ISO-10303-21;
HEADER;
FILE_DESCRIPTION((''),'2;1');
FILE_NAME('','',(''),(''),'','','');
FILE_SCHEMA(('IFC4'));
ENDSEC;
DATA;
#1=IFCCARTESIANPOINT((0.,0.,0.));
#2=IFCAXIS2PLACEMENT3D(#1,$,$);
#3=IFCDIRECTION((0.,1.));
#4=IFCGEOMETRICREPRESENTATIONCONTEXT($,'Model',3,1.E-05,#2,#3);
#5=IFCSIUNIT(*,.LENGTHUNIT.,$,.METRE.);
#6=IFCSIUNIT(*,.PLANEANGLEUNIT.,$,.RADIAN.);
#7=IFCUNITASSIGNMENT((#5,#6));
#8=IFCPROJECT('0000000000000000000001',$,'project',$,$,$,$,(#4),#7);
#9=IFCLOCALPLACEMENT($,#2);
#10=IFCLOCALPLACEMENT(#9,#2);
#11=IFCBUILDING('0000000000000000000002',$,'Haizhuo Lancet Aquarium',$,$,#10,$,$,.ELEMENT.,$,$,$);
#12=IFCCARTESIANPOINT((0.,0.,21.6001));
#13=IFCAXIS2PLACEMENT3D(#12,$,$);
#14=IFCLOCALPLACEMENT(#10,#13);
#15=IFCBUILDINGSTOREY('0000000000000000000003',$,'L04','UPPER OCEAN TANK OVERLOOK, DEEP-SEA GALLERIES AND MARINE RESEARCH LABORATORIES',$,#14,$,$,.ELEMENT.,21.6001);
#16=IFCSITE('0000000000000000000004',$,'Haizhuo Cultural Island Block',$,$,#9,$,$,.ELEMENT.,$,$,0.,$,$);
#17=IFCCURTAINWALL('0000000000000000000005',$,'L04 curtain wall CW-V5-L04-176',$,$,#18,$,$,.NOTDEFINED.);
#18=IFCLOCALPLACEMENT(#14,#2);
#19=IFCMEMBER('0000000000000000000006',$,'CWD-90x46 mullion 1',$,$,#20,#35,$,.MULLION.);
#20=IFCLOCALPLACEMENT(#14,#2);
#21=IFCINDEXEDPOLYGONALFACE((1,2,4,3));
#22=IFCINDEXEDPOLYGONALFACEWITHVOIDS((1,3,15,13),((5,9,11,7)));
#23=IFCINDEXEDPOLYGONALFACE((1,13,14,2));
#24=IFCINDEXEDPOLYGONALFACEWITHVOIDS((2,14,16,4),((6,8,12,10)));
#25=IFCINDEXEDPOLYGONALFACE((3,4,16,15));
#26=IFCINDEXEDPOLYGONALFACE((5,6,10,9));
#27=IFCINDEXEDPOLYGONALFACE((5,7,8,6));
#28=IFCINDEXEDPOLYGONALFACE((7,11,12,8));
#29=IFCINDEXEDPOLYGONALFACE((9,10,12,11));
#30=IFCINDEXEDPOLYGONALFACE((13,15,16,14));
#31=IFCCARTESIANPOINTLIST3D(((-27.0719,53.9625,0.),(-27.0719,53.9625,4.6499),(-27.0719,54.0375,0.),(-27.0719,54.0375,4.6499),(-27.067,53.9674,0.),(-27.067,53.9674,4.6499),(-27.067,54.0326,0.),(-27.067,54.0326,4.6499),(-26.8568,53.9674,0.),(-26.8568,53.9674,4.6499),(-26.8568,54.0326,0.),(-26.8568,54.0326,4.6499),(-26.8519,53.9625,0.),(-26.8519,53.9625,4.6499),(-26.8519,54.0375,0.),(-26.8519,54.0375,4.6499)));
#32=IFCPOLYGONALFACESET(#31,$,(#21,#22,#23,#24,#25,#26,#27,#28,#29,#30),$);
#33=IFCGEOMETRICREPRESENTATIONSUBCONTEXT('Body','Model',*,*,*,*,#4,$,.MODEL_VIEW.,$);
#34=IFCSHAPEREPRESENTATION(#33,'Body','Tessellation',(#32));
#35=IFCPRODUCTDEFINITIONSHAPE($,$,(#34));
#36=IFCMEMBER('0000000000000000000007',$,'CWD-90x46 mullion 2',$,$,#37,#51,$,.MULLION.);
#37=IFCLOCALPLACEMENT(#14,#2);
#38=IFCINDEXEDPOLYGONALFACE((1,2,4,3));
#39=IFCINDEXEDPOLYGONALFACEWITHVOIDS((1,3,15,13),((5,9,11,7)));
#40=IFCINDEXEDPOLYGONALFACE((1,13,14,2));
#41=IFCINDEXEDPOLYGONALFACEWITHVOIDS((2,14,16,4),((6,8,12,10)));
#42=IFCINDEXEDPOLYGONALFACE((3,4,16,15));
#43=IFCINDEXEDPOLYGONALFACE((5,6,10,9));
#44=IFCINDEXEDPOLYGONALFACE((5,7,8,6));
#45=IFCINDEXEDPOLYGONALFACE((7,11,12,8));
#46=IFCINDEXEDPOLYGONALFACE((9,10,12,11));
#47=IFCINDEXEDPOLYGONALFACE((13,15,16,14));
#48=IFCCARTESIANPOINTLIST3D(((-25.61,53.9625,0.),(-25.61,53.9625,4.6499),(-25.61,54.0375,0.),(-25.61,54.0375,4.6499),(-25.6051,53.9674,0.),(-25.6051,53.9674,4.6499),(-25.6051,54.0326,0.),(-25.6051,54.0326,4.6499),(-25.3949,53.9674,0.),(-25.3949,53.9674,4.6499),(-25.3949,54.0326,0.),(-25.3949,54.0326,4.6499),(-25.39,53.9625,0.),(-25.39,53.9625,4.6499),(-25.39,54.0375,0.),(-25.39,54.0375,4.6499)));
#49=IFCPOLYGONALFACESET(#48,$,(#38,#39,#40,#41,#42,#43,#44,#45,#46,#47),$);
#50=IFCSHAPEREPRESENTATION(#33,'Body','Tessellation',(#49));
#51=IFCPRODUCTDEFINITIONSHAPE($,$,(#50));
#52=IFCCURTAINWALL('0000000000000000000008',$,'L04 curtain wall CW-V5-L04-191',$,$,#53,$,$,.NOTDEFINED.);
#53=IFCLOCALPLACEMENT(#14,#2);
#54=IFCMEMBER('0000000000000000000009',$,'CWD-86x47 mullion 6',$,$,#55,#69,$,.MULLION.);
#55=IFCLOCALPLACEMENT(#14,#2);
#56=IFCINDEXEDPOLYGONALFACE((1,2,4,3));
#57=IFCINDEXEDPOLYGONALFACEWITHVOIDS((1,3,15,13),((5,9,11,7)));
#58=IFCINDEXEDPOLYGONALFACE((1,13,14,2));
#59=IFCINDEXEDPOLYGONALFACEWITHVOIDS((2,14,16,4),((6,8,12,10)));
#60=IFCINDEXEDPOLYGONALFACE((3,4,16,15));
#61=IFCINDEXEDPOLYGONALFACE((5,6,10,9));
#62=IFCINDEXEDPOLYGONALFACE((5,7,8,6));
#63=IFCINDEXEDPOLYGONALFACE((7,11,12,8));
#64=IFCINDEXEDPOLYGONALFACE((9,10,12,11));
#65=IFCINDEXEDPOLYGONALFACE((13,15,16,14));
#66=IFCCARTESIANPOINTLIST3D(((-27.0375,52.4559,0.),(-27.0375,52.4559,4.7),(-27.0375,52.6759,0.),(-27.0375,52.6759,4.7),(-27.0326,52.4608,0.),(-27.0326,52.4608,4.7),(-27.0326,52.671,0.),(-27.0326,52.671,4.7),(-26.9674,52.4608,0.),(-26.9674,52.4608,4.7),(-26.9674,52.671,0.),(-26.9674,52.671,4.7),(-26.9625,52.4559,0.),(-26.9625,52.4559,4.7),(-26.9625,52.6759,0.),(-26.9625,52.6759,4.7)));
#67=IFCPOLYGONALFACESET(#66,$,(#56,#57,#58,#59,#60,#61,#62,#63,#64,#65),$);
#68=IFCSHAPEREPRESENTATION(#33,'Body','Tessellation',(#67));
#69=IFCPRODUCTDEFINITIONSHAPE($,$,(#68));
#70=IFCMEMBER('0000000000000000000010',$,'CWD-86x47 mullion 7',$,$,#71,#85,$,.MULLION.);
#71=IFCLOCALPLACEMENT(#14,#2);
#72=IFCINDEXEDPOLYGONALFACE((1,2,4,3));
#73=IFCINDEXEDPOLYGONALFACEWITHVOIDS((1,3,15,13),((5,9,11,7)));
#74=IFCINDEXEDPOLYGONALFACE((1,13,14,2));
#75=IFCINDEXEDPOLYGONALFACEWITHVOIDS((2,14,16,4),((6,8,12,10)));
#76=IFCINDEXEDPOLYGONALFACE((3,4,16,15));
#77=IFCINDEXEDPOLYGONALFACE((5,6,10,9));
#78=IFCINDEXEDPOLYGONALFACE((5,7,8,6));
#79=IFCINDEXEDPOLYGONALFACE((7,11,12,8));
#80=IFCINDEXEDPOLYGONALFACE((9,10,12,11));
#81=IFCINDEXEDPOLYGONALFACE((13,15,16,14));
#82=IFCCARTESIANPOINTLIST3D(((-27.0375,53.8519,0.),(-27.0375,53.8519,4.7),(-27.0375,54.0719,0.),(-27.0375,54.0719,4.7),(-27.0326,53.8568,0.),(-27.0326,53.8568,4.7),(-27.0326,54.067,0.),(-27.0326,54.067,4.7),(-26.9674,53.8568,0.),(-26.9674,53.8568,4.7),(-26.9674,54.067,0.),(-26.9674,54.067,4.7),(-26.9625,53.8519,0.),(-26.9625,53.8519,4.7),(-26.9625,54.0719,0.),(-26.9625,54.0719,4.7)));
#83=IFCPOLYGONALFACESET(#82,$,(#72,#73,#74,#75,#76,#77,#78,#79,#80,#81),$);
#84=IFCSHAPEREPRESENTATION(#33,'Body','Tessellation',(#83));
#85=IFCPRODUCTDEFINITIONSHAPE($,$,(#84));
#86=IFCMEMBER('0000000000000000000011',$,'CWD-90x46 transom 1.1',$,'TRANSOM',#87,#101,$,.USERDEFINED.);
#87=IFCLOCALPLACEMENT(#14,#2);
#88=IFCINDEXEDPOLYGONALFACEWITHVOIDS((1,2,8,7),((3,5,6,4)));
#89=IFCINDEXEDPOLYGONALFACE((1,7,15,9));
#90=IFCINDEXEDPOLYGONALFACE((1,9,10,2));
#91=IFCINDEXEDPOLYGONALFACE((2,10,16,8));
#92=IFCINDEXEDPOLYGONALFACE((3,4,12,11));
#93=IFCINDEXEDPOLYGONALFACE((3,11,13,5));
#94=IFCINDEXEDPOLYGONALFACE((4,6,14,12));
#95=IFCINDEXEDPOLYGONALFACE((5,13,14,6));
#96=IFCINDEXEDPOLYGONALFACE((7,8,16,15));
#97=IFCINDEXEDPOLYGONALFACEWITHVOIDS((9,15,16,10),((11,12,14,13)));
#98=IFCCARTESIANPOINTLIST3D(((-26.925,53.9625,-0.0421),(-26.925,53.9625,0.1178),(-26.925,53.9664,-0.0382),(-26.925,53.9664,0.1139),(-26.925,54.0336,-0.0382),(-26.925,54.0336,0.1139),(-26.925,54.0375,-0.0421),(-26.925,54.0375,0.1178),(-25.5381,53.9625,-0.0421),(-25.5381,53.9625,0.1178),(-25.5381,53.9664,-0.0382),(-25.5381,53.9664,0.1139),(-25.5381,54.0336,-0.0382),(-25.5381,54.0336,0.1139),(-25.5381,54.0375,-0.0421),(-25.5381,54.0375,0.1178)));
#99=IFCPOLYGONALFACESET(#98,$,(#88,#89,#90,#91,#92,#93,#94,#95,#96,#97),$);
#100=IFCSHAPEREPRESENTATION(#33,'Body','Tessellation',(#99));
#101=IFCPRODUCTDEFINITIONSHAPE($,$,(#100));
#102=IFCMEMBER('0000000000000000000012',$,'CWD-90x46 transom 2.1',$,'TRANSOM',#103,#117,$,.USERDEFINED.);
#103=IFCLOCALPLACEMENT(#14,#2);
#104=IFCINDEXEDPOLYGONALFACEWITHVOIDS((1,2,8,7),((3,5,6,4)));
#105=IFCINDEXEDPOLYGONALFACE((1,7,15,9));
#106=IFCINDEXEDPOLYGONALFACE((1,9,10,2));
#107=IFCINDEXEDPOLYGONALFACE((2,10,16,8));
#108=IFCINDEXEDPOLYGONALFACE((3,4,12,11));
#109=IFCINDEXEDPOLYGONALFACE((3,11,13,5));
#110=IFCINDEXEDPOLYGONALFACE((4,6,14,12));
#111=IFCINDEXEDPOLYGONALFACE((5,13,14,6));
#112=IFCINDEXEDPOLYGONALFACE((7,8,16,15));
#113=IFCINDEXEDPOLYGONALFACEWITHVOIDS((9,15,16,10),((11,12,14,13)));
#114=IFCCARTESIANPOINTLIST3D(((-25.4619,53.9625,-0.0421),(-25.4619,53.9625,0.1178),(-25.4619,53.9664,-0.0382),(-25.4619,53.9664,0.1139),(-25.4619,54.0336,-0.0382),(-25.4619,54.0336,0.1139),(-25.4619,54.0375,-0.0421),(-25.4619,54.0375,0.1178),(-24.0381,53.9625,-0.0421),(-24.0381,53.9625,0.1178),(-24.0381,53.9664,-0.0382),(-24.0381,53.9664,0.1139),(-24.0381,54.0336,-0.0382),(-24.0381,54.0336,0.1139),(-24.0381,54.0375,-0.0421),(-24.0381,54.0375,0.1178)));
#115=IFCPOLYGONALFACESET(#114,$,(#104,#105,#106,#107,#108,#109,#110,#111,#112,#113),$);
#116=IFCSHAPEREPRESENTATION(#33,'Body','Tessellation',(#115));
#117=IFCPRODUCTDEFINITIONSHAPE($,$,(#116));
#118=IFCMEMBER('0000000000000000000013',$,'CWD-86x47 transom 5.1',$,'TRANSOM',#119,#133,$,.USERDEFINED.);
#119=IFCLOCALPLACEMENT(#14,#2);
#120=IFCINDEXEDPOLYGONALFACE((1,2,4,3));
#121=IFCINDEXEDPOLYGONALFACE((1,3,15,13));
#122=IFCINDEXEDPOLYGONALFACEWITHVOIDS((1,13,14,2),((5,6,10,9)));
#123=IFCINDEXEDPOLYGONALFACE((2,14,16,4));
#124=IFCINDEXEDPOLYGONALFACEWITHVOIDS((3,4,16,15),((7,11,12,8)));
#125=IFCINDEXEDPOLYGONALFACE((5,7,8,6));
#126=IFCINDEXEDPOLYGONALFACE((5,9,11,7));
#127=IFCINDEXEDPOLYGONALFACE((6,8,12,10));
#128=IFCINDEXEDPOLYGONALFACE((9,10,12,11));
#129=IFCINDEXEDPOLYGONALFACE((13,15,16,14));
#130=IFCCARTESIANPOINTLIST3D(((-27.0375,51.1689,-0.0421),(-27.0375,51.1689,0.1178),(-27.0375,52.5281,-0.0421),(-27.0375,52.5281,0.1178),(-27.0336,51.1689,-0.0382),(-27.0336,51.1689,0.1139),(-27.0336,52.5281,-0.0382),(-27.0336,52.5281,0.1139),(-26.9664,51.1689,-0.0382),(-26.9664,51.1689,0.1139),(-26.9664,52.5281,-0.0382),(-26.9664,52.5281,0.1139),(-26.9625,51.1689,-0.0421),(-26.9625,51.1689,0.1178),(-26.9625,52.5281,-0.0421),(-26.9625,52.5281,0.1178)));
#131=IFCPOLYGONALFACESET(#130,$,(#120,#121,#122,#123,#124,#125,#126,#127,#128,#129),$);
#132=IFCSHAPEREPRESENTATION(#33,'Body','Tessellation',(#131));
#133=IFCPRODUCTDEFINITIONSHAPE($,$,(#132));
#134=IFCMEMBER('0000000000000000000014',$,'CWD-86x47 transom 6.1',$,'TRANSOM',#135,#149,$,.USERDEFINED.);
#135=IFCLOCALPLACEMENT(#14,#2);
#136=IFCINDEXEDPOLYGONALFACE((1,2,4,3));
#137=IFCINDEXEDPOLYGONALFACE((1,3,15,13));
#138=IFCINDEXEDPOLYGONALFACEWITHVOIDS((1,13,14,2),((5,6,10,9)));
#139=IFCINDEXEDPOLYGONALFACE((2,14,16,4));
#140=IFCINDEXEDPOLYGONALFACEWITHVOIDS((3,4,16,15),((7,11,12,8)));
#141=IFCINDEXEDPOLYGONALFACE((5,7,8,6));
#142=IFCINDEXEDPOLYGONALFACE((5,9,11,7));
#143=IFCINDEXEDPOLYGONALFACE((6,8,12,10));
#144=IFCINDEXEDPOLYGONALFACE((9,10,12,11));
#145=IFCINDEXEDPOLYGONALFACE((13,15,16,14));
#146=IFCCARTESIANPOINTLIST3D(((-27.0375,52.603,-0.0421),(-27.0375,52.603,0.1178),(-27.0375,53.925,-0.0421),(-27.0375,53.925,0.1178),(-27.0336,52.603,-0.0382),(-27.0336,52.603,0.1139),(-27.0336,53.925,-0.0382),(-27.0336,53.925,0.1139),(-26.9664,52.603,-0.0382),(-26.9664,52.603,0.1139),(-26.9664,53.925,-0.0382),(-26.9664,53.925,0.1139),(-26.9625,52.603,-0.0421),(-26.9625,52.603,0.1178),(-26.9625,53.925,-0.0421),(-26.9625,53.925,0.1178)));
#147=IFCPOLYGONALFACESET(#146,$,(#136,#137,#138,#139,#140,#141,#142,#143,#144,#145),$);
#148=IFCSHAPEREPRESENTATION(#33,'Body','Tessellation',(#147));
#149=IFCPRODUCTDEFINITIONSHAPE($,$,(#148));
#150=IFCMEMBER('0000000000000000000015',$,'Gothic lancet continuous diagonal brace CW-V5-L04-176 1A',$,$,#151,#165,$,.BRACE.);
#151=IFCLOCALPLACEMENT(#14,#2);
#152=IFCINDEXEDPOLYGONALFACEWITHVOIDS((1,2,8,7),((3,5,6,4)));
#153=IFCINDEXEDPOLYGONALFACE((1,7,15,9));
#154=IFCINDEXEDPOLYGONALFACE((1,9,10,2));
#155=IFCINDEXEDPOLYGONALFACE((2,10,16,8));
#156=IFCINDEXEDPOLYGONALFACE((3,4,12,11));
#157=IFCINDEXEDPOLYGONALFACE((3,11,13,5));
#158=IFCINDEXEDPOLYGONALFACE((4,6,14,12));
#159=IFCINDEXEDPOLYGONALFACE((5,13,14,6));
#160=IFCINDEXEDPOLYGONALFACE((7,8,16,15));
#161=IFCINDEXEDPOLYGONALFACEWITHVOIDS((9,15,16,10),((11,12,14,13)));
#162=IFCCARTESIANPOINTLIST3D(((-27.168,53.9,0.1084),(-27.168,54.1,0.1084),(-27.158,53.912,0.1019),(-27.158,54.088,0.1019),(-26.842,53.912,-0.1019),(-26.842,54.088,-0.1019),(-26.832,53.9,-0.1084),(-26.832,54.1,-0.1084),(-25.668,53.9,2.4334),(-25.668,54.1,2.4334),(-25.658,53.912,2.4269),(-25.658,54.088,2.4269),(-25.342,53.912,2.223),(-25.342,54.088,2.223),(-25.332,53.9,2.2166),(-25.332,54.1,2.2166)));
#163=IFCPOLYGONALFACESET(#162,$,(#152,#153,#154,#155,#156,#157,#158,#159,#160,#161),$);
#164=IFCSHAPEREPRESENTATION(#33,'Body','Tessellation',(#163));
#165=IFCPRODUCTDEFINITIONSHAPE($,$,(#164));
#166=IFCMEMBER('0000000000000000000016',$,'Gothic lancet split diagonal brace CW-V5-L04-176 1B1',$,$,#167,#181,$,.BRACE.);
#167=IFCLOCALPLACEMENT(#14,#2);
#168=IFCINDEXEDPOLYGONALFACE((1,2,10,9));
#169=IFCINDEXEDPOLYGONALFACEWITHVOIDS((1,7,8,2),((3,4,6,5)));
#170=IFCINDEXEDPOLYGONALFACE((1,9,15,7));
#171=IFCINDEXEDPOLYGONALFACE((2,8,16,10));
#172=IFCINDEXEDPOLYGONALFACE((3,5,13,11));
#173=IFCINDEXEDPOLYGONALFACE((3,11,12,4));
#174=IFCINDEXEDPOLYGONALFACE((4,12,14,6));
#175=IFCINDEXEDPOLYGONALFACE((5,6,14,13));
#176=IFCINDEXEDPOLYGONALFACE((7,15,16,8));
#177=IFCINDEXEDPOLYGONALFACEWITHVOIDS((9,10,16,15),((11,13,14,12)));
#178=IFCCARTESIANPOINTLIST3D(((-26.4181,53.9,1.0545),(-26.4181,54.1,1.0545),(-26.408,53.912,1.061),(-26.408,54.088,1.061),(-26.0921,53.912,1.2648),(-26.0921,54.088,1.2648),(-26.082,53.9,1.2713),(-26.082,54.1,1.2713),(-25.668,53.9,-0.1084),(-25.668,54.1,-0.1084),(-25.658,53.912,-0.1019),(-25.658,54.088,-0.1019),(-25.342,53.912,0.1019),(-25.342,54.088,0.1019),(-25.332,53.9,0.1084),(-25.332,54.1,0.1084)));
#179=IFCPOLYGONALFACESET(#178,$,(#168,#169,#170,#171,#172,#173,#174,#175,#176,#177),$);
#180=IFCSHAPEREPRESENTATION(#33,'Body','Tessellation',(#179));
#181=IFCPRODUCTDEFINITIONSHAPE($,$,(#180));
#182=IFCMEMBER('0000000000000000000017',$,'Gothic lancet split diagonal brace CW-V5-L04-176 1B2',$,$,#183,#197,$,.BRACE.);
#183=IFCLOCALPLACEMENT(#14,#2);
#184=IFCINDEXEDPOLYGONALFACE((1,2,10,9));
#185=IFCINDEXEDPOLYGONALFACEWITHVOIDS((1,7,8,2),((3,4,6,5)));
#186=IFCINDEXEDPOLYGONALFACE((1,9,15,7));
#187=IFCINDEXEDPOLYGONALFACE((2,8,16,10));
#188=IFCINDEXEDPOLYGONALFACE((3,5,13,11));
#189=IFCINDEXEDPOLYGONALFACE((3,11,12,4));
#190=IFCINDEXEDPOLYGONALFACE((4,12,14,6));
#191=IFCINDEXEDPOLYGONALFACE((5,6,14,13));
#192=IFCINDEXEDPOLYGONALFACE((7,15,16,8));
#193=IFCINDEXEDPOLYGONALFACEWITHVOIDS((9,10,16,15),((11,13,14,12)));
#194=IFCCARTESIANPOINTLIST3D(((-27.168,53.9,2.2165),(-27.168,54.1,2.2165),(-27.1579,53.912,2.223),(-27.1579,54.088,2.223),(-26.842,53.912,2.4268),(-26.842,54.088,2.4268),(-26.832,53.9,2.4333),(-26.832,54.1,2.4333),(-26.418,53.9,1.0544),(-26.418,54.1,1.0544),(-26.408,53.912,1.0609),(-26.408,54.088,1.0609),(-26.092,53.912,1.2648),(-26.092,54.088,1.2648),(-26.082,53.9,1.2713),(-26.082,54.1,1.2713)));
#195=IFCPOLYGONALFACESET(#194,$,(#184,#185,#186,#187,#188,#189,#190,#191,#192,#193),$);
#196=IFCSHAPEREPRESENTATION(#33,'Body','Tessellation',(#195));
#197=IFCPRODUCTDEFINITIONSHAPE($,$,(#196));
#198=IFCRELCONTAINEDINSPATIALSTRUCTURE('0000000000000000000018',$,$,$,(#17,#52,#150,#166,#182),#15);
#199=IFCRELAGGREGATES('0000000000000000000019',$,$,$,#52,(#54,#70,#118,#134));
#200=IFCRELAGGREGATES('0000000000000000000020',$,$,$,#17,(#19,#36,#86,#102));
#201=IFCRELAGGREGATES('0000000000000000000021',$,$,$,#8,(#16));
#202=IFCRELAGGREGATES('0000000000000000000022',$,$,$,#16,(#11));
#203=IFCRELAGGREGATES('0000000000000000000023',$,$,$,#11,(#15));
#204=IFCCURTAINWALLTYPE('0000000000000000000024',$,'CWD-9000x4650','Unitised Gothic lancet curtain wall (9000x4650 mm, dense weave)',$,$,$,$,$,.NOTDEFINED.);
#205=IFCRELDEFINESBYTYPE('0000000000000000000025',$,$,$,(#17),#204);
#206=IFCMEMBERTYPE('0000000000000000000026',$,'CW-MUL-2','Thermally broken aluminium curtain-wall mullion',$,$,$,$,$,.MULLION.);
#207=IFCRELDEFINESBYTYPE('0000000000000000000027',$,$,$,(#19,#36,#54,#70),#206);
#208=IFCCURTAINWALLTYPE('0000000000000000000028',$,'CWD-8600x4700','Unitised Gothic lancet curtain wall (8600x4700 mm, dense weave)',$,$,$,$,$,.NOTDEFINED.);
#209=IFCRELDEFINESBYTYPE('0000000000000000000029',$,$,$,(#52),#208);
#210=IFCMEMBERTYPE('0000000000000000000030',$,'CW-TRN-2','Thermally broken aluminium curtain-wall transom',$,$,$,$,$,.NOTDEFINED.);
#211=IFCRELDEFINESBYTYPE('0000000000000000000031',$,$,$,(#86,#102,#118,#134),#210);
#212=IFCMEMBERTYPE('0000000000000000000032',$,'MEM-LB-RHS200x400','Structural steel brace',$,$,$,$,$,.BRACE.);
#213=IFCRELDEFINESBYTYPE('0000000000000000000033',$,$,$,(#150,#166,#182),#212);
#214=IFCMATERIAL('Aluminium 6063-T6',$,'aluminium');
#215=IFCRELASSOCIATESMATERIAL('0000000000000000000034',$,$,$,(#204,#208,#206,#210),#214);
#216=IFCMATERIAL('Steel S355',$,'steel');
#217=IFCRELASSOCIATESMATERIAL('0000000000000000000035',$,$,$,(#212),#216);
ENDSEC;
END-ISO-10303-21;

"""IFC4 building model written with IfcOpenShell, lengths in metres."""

from ifc_helpers import new_model, si_unit, direction, frame, origin, origin_2d, place, context, subcontext, project, spatial, hollow_rectangle, extrude, material, material_profile, profile_set, type_object, element, aggregate, save


model = new_model("IFC4")

# Units and contexts
model_context = context("Model", 3, precision=1e-05, world=origin(), true_north=direction((0.0, 1.0)))
body_context = subcontext(model_context, "Body", "Model", "MODEL_VIEW")
ifc_project = project(units=[si_unit("LENGTHUNIT", "METRE"), si_unit("PLANEANGLEUNIT", "RADIAN")], contexts=[model_context])

# Site, building, storey
site_placement = place(None, origin())
site = spatial("IfcSite", under=ifc_project, at=site_placement, Name="Haizhuo Cultural Island Block", CompositionType="ELEMENT", RefElevation=0.0)
building_placement = place(site_placement, origin())
building = spatial("IfcBuilding", under=site, at=building_placement, Name="Haizhuo Lancet Aquarium", CompositionType="ELEMENT")
storey_placement = place(building_placement, frame((0.0, 0.0, 21.6001)))
storey = spatial("IfcBuildingStorey", under=building, at=storey_placement, Name="L04", Description="UPPER OCEAN TANK OVERLOOK, DEEP-SEA GALLERIES AND MARINE RESEARCH LABORATORIES", CompositionType="ELEMENT", Elevation=21.6001)

# Curtain walls, members
ifc_material_1 = material(Name="Aluminium 6063-T6", Category="aluminium")
curtain_wall_type_1 = type_object("IfcCurtainWallType", Name="CWD-9000x4650", Description="Unitised Gothic lancet curtain wall (9000x4650 mm, dense weave)", PredefinedType="NOTDEFINED", material=ifc_material_1)
curtain_wall_1_placement = place(storey_placement, origin())
curtain_wall_1 = element("IfcCurtainWall", 1, at=curtain_wall_1_placement, inside=storey, type_object=curtain_wall_type_1, Name="L04 curtain wall CW-V5-L04-176", PredefinedType="NOTDEFINED")
ifc_material_profile_1 = material_profile(ifc_material_1, hollow_rectangle(XDim=0.075, YDim=0.22, WallThickness=0.0049, at=origin_2d()), Name="ALU-M 75x220x5")
ifc_profile_set_1 = profile_set([ifc_material_profile_1], Name="Aluminium 6063-T6")
member_type_1 = type_object("IfcMemberType", Name="CW-MUL-2", Description="Thermally broken aluminium curtain-wall mullion", PredefinedType="MULLION", material=ifc_profile_set_1)
member_1_placement = place(storey_placement, frame((-26.9619, 54.0, 0.0), z_axis=(0.0, 0.0, 1.0), x_axis=(0.0, 1.0, 0.0)))
member_1 = element("IfcMember", 2, at=member_1_placement, type_object=member_type_1, Name="CWD-90x46 mullion 1", PredefinedType="MULLION", context=body_context, shape_type="SweptSolid", body=[
    extrude(hollow_rectangle(XDim=0.075, YDim=0.22, WallThickness=0.0049, at=origin_2d()), origin(), (0.0, 0.0, 1.0), 4.6499),
])
member_2_placement = place(storey_placement, frame((-25.5, 54.0, 0.0), z_axis=(0.0, 0.0, 1.0), x_axis=(0.0, 1.0, 0.0)))
member_2 = element("IfcMember", 3, at=member_2_placement, type_object=member_type_1, Name="CWD-90x46 mullion 2", PredefinedType="MULLION", context=body_context, shape_type="SweptSolid", body=[
    extrude(hollow_rectangle(XDim=0.075, YDim=0.22, WallThickness=0.0049, at=origin_2d()), origin(), (0.0, 0.0, 1.0), 4.6499),
])
curtain_wall_type_2 = type_object("IfcCurtainWallType", Name="CWD-8600x4700", Description="Unitised Gothic lancet curtain wall (8600x4700 mm, dense weave)", PredefinedType="NOTDEFINED", material=ifc_material_1)
curtain_wall_2_placement = place(storey_placement, origin())
curtain_wall_2 = element("IfcCurtainWall", 4, at=curtain_wall_2_placement, inside=storey, type_object=curtain_wall_type_2, Name="L04 curtain wall CW-V5-L04-191", PredefinedType="NOTDEFINED")
member_3_placement = place(storey_placement, frame((-27.0, 52.5659, 0.0), z_axis=(0.0, 0.0, 1.0), x_axis=(-1.0, 0.0, 0.0)))
member_3 = element("IfcMember", 5, at=member_3_placement, type_object=member_type_1, Name="CWD-86x47 mullion 6", PredefinedType="MULLION", context=body_context, shape_type="SweptSolid", body=[
    extrude(hollow_rectangle(XDim=0.075, YDim=0.22, WallThickness=0.0049, at=origin_2d()), origin(), (0.0, 0.0, 1.0), 4.7),
])
member_4_placement = place(storey_placement, frame((-27.0, 53.9619, 0.0), z_axis=(0.0, 0.0, 1.0), x_axis=(-1.0, 0.0, 0.0)))
member_4 = element("IfcMember", 6, at=member_4_placement, type_object=member_type_1, Name="CWD-86x47 mullion 7", PredefinedType="MULLION", context=body_context, shape_type="SweptSolid", body=[
    extrude(hollow_rectangle(XDim=0.075, YDim=0.22, WallThickness=0.0049, at=origin_2d()), origin(), (0.0, 0.0, 1.0), 4.7),
])

# Members
ifc_material_profile_2 = material_profile(ifc_material_1, hollow_rectangle(XDim=0.075, YDim=0.1599, WallThickness=0.0039, at=origin_2d()), Name="ALU-T 75x160x4")
ifc_profile_set_2 = profile_set([ifc_material_profile_2], Name="Aluminium 6063-T6")
member_type_2 = type_object("IfcMemberType", Name="CW-TRN-2", Description="Thermally broken aluminium curtain-wall transom", PredefinedType="NOTDEFINED", material=ifc_profile_set_2)
member_5_placement = place(storey_placement, frame((-26.925, 54.0, 0.0378), z_axis=(1.0, 0.0, 0.0), x_axis=(0.0, 1.0, 0.0)))
member_5 = element("IfcMember", 7, at=member_5_placement, type_object=member_type_2, Name="CWD-90x46 transom 1.1", ObjectType="TRANSOM", PredefinedType="USERDEFINED", context=body_context, shape_type="SweptSolid", body=[
    extrude(hollow_rectangle(XDim=0.075, YDim=0.1599, WallThickness=0.0039, at=origin_2d()), origin(), (0.0, 0.0, 1.0), 1.387),
])
member_6_placement = place(storey_placement, frame((-25.4619, 54.0, 0.0378), z_axis=(1.0, 0.0, 0.0), x_axis=(0.0, 1.0, 0.0)))
member_6 = element("IfcMember", 8, at=member_6_placement, type_object=member_type_2, Name="CWD-90x46 transom 2.1", ObjectType="TRANSOM", PredefinedType="USERDEFINED", context=body_context, shape_type="SweptSolid", body=[
    extrude(hollow_rectangle(XDim=0.075, YDim=0.1599, WallThickness=0.0039, at=origin_2d()), origin(), (0.0, 0.0, 1.0), 1.4238),
])
member_7_placement = place(storey_placement, frame((-27.0, 51.1689, 0.0378), z_axis=(0.0, 1.0, 0.0), x_axis=(-1.0, 0.0, 0.0)))
member_7 = element("IfcMember", 9, at=member_7_placement, type_object=member_type_2, Name="CWD-86x47 transom 5.1", ObjectType="TRANSOM", PredefinedType="USERDEFINED", context=body_context, shape_type="SweptSolid", body=[
    extrude(hollow_rectangle(XDim=0.075, YDim=0.1599, WallThickness=0.0039, at=origin_2d()), origin(), (0.0, 0.0, 1.0), 1.3591),
])
member_8_placement = place(storey_placement, frame((-27.0, 52.603, 0.0378), z_axis=(0.0, 1.0, 0.0), x_axis=(-1.0, 0.0, 0.0)))
member_8 = element("IfcMember", 10, at=member_8_placement, type_object=member_type_2, Name="CWD-86x47 transom 6.1", ObjectType="TRANSOM", PredefinedType="USERDEFINED", context=body_context, shape_type="SweptSolid", body=[
    extrude(hollow_rectangle(XDim=0.075, YDim=0.1599, WallThickness=0.0039, at=origin_2d()), origin(), (0.0, 0.0, 1.0), 1.322),
])

# Members
ifc_material_2 = material(Name="Steel S355", Category="steel")
ifc_material_profile_3 = material_profile(ifc_material_2, hollow_rectangle(XDim=0.2, YDim=0.3999, WallThickness=0.012, at=origin_2d()), Name="RHS 200x400x12")
ifc_profile_set_3 = profile_set([ifc_material_profile_3], Name="Steel S355")
member_type_3 = type_object("IfcMemberType", Name="MEM-LB-RHS200x400", Description="Structural steel brace", PredefinedType="BRACE", material=ifc_profile_set_3)
member_9_placement = place(storey_placement, frame((-27.0, 54.0, 0.0), z_axis=(0.542135, 0.0, 0.840291), x_axis=(0.0, 1.0, 0.0)))
element("IfcMember", 11, at=member_9_placement, inside=storey, type_object=member_type_3, Name="Gothic lancet continuous diagonal brace CW-V5-L04-176 1A", PredefinedType="BRACE", context=body_context, shape_type="SweptSolid", body=[
    extrude(hollow_rectangle(XDim=0.2, YDim=0.3999, WallThickness=0.012, at=origin_2d()), origin(), (0.0, 0.0, 1.0), 2.7668),
])
member_10_placement = place(storey_placement, frame((-25.5, 54.0, 0.0), z_axis=(-0.542014, 0.0, 0.840369), x_axis=(0.0, -1.0, 0.0)))
element("IfcMember", 12, at=member_10_placement, inside=storey, type_object=member_type_3, Name="Gothic lancet split diagonal brace CW-V5-L04-176 1B1", PredefinedType="BRACE", context=body_context, shape_type="SweptSolid", body=[
    extrude(hollow_rectangle(XDim=0.2, YDim=0.3999, WallThickness=0.012, at=origin_2d()), origin(), (0.0, 0.0, 1.0), 1.3838),
])
member_11_placement = place(storey_placement, frame((-26.25, 54.0, 1.1628), z_axis=(-0.542256, 0.0, 0.840214), x_axis=(0.0, -1.0, 0.0)))
element("IfcMember", 13, at=member_11_placement, inside=storey, type_object=member_type_3, Name="Gothic lancet split diagonal brace CW-V5-L04-176 1B2", PredefinedType="BRACE", context=body_context, shape_type="SweptSolid", body=[
    extrude(hollow_rectangle(XDim=0.2, YDim=0.3999, WallThickness=0.012, at=origin_2d()), origin(), (0.0, 0.0, 1.0), 1.3831),
])

aggregate(curtain_wall_2, [member_3, member_4, member_7, member_8])
aggregate(curtain_wall_1, [member_1, member_2, member_5, member_6])

save(model, "model.ifc")
